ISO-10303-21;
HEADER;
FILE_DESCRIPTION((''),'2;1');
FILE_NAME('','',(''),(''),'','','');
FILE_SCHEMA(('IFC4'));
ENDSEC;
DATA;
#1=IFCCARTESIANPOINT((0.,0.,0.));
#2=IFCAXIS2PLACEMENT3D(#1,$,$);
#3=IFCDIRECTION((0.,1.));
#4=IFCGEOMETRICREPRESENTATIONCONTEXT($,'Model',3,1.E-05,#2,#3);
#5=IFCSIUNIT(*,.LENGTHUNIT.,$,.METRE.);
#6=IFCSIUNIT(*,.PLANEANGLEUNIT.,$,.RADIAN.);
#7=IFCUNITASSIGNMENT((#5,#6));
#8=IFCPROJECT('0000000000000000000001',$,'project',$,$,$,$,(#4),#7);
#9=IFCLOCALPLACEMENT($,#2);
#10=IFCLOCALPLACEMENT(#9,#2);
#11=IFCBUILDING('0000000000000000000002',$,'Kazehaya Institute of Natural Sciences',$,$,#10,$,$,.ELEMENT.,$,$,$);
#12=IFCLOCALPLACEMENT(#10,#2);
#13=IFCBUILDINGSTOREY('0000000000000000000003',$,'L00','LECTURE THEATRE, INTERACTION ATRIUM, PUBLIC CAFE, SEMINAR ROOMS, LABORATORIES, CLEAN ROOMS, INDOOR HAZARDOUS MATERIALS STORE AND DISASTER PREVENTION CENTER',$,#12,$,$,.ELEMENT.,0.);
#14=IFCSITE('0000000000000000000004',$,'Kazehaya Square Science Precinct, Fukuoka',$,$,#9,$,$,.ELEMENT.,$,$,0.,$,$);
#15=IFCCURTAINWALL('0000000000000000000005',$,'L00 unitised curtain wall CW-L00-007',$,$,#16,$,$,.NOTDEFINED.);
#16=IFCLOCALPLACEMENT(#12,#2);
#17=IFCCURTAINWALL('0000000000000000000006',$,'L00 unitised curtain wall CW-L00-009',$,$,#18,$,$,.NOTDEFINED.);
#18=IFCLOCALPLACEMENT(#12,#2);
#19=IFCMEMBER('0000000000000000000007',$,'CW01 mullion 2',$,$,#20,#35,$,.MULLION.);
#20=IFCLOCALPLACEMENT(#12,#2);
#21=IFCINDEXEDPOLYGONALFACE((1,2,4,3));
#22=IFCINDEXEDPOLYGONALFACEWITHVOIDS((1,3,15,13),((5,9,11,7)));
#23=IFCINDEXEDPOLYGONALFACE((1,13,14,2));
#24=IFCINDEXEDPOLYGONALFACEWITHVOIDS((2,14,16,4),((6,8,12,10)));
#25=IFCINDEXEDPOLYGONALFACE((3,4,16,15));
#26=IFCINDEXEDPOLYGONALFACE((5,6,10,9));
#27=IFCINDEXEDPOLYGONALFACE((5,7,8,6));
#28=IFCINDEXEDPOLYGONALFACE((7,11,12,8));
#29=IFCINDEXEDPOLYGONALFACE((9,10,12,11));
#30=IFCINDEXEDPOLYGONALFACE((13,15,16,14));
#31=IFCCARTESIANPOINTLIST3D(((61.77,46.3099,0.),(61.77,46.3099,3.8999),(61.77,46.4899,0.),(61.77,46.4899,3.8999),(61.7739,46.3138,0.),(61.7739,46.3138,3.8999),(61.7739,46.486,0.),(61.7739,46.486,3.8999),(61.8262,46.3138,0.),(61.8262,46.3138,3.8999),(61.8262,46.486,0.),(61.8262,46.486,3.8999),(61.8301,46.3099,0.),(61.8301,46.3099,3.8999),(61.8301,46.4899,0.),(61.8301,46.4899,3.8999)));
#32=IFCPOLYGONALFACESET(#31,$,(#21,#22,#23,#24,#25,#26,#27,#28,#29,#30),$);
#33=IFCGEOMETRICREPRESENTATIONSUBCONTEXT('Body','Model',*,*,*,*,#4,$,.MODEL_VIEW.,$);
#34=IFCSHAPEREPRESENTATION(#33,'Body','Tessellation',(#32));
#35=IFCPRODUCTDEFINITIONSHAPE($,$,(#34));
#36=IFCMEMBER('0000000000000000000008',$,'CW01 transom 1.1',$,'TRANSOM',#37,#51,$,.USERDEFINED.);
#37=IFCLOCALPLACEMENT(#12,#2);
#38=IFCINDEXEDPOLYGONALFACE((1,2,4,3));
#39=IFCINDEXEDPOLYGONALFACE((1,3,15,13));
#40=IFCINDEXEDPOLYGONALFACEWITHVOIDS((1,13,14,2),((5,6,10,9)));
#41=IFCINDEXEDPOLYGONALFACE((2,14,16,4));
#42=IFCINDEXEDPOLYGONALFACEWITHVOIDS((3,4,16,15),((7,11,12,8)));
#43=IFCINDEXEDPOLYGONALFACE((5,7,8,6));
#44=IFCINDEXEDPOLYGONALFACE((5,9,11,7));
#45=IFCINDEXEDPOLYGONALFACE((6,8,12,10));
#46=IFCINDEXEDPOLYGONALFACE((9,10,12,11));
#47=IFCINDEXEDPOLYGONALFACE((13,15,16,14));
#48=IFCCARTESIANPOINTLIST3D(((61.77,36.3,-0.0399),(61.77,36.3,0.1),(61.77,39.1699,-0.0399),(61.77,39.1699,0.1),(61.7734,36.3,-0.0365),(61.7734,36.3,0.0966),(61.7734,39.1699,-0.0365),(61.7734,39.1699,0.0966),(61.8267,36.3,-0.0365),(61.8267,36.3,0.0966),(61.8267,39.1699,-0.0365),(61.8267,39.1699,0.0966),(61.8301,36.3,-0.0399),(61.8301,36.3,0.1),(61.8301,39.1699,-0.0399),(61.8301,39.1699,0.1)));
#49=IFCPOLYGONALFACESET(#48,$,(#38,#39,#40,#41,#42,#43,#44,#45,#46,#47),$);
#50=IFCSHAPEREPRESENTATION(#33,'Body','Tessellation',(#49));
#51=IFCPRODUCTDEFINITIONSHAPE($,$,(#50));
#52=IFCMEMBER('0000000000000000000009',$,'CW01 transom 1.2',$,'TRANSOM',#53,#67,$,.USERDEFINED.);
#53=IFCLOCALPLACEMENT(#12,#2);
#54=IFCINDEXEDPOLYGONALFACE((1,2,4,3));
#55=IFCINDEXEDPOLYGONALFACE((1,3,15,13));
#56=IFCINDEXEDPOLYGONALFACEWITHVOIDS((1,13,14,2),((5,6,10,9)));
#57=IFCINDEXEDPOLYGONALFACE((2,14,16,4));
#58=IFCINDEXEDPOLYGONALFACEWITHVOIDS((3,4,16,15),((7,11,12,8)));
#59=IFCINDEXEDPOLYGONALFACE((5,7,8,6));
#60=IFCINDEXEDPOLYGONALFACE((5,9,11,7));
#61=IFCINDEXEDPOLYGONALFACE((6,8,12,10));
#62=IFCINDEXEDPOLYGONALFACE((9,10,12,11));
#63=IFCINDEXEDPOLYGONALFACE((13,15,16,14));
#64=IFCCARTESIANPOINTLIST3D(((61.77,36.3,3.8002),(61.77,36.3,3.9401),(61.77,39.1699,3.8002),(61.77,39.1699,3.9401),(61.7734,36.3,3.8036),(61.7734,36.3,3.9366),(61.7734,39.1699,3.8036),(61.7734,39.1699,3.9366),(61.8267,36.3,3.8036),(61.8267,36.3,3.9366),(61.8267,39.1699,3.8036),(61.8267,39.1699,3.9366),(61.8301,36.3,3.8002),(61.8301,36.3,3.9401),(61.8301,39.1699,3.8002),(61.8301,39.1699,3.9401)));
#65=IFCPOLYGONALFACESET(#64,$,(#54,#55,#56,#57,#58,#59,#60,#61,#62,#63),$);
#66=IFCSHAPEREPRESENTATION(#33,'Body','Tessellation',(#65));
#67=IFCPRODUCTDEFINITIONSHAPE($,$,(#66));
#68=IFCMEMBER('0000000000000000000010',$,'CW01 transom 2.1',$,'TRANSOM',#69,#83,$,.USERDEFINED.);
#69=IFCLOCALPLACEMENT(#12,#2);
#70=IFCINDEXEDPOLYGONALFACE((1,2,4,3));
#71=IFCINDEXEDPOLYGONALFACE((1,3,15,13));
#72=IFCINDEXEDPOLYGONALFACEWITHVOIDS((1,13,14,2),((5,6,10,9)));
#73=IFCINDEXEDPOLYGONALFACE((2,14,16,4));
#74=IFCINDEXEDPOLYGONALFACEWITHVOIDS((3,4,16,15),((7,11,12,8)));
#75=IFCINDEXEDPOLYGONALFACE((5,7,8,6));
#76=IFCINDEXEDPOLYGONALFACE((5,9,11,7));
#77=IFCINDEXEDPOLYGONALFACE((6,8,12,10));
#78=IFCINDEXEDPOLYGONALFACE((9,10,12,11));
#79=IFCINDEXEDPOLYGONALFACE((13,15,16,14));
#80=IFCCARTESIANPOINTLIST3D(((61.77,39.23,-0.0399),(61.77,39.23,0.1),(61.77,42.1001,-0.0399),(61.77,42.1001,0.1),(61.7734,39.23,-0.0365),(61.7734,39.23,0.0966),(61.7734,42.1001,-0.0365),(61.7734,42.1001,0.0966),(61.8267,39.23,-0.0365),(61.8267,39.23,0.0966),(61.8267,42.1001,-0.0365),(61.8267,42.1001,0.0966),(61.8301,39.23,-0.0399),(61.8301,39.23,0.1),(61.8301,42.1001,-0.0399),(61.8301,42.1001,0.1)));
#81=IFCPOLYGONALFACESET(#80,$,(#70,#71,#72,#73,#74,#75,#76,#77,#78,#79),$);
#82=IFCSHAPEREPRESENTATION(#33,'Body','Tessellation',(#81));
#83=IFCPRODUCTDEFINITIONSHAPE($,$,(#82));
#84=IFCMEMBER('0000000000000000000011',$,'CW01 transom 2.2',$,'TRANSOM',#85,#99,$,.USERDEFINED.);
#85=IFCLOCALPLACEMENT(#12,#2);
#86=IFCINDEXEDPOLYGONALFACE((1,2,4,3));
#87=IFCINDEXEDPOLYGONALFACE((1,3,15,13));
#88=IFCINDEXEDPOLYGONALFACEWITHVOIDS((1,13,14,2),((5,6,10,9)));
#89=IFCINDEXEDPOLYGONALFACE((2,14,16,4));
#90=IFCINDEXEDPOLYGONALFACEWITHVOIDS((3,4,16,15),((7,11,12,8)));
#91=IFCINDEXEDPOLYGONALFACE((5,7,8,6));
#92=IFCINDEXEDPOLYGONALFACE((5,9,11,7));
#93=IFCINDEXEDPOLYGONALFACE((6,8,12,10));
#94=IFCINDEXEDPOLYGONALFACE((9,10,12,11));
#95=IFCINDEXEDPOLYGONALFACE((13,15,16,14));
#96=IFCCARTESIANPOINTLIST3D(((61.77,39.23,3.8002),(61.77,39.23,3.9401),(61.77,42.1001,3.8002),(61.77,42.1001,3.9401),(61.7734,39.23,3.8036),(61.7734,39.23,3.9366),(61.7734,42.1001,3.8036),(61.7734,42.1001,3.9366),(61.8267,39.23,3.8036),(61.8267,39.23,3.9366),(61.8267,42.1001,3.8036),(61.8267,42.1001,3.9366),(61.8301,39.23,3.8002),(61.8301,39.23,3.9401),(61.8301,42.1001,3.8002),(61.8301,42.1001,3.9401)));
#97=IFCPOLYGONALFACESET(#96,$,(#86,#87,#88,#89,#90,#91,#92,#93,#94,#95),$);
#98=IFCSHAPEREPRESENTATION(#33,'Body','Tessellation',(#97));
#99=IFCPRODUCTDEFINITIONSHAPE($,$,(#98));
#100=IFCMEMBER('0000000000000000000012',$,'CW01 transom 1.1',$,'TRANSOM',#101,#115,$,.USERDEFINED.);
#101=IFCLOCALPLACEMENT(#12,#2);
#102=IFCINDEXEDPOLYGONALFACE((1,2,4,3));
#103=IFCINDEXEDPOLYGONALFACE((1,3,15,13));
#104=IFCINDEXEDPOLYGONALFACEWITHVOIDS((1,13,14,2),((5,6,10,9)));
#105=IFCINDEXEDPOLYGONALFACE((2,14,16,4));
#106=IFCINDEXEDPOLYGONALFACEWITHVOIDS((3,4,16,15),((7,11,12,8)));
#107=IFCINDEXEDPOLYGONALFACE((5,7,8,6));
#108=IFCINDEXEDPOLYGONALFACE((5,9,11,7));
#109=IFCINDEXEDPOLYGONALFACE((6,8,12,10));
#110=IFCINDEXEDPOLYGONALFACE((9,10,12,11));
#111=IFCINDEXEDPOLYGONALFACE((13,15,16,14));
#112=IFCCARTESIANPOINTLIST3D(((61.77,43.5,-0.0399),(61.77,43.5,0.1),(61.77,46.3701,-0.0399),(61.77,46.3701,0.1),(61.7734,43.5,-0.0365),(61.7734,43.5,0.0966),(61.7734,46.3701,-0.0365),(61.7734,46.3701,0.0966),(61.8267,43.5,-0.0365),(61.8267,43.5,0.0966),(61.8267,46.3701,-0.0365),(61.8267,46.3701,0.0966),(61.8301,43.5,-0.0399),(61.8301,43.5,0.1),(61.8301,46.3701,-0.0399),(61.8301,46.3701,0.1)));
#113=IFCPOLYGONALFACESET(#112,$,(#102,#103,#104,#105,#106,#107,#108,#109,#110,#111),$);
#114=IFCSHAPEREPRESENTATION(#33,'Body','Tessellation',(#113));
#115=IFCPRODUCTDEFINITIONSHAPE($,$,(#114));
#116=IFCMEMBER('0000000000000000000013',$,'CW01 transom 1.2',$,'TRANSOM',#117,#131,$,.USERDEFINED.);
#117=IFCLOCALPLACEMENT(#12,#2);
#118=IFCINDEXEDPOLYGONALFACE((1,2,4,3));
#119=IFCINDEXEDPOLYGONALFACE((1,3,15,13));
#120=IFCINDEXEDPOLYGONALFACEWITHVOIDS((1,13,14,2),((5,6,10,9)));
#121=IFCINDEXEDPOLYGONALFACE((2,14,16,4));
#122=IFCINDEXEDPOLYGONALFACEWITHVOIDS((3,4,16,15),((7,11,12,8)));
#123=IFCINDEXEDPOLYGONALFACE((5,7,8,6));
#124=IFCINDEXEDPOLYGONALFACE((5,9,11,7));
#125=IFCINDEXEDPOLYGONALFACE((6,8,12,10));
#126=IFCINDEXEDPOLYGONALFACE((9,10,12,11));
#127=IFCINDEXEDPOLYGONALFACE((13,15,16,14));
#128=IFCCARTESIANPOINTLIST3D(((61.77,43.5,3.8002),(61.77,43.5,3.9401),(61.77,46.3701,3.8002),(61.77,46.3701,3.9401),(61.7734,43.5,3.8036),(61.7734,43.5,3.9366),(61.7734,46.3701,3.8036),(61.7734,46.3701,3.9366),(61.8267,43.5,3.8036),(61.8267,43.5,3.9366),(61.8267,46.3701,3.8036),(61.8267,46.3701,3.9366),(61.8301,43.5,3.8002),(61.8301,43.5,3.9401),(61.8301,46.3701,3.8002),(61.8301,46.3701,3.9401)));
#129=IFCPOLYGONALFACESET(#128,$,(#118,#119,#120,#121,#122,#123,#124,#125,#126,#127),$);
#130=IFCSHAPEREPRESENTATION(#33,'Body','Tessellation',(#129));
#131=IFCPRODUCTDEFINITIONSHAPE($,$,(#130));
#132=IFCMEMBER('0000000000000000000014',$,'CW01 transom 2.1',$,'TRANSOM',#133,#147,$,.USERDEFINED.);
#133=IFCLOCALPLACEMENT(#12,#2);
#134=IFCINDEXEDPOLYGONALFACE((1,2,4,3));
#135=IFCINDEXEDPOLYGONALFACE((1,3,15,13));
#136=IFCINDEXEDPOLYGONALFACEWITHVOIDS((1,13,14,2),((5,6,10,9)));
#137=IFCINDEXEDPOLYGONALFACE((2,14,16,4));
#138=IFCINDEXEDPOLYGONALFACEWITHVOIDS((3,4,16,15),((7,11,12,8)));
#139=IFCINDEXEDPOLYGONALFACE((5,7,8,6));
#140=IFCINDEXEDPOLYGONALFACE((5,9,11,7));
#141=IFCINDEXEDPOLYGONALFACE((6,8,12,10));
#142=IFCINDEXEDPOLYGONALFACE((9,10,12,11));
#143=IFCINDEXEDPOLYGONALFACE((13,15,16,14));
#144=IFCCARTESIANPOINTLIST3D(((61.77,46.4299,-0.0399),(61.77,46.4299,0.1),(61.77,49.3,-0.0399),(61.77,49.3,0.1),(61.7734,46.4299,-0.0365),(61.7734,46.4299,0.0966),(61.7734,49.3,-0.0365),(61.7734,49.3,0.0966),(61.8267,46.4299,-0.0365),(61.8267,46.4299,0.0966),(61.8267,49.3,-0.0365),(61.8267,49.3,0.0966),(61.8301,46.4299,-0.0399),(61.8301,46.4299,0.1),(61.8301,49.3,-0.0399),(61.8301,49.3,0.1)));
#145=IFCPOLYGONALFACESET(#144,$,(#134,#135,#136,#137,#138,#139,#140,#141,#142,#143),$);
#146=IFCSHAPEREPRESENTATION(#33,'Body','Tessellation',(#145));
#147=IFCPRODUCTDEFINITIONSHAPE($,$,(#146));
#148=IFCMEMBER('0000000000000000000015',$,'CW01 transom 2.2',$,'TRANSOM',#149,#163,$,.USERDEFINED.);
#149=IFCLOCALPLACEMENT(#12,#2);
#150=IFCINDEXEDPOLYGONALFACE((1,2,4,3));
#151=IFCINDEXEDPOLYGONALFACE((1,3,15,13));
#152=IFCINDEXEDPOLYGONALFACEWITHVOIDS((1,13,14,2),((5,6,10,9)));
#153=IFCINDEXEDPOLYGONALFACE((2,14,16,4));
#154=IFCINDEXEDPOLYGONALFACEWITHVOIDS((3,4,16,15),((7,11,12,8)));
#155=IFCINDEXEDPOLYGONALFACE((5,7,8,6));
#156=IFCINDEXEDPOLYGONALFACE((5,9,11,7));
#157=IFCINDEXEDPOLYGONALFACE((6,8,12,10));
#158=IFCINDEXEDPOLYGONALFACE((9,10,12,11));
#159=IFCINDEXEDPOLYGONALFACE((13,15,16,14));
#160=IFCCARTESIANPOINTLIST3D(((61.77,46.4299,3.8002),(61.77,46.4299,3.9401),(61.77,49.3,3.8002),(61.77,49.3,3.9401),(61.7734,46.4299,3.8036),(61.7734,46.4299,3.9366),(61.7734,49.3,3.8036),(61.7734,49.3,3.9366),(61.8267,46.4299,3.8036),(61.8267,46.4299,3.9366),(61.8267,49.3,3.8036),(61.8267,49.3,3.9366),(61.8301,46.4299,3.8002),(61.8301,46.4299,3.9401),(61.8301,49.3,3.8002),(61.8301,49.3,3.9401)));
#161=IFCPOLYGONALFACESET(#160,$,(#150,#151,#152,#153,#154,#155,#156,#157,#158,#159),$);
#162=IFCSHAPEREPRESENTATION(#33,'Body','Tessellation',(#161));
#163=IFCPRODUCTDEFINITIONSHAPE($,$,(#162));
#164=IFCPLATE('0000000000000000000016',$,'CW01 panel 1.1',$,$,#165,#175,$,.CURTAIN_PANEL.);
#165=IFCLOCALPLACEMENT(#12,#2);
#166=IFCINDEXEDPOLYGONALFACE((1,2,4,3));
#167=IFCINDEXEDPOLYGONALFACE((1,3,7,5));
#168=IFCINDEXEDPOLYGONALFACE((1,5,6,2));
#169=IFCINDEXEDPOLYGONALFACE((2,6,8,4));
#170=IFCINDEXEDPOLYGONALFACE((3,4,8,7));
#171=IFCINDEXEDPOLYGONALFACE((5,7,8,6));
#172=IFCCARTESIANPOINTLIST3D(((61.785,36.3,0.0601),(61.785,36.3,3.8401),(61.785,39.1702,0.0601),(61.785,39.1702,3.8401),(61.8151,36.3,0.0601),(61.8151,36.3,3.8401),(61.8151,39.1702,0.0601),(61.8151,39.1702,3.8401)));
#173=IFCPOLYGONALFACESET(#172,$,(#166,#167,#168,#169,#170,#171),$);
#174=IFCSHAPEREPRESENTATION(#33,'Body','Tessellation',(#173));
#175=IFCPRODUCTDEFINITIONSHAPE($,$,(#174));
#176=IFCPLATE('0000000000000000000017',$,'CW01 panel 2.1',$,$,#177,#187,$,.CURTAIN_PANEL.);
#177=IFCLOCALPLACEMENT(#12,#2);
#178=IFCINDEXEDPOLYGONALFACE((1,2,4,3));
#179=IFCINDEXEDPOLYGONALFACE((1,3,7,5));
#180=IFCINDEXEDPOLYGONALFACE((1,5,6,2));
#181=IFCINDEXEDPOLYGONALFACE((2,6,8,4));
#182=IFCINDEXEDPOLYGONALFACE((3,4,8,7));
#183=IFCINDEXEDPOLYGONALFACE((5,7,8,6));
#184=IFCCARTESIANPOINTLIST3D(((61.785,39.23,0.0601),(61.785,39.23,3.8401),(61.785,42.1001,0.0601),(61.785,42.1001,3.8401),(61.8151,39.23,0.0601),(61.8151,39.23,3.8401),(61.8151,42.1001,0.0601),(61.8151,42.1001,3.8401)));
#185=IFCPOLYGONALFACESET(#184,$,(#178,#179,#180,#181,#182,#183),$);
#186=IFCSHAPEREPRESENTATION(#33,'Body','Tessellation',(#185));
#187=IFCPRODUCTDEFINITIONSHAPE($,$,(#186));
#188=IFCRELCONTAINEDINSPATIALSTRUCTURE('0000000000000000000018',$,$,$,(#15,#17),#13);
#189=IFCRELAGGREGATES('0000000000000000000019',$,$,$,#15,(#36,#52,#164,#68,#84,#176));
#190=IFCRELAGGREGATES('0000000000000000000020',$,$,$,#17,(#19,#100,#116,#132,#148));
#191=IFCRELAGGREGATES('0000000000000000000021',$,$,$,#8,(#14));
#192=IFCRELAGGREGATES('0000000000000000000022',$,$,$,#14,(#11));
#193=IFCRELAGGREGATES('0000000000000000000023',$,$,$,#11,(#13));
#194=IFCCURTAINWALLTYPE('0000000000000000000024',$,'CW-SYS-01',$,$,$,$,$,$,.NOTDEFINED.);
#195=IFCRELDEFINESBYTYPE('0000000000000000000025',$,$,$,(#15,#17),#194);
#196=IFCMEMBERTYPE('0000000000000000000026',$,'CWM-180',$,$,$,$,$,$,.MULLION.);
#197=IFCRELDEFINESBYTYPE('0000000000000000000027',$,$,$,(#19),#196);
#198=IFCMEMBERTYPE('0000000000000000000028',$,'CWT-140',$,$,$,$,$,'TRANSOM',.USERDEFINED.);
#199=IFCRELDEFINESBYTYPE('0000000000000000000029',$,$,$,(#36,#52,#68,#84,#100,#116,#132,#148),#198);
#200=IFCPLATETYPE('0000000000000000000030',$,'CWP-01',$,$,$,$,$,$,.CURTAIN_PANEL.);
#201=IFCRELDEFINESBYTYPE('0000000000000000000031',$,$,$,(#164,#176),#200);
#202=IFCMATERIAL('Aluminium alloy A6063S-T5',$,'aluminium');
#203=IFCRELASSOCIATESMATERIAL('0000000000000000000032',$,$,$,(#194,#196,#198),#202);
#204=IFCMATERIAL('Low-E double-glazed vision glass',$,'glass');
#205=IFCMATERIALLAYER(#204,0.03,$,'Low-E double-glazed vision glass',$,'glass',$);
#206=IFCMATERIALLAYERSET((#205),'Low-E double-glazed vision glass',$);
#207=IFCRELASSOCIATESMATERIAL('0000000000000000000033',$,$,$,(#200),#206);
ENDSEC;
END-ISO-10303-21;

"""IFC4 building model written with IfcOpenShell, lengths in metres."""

from ifc_helpers import new_model, si_unit, direction, frame, origin, origin_2d, place, context, subcontext, project, spatial, rectangle, hollow_rectangle, extrude, material, layer, layer_set, material_profile, profile_set, type_object, element, aggregate, save


model = new_model("IFC4")

# Units and contexts
model_context = context("Model", 3, precision=1e-05, world=origin(), true_north=direction((0.0, 1.0)))
body_context = subcontext(model_context, "Body", "Model", "MODEL_VIEW")
ifc_project = project(units=[si_unit("LENGTHUNIT", "METRE"), si_unit("PLANEANGLEUNIT", "RADIAN")], contexts=[model_context])

# Site, building, storey
site_placement = place(None, origin())
site = spatial("IfcSite", under=ifc_project, at=site_placement, Name="Kazehaya Square Science Precinct, Fukuoka", CompositionType="ELEMENT", RefElevation=0.0)
building_placement = place(site_placement, origin())
building = spatial("IfcBuilding", under=site, at=building_placement, Name="Kazehaya Institute of Natural Sciences", CompositionType="ELEMENT")
storey_placement = place(building_placement, origin())
storey = spatial("IfcBuildingStorey", under=building, at=storey_placement, Name="L00", Description="LECTURE THEATRE, INTERACTION ATRIUM, PUBLIC CAFE, SEMINAR ROOMS, LABORATORIES, CLEAN ROOMS, INDOOR HAZARDOUS MATERIALS STORE AND DISASTER PREVENTION CENTER", CompositionType="ELEMENT", Elevation=0.0)

# Curtain walls, member
ifc_material_1 = material(Name="Aluminium alloy A6063S-T5", Category="aluminium")
curtain_wall_type = type_object("IfcCurtainWallType", Name="CW-SYS-01", PredefinedType="NOTDEFINED", material=ifc_material_1)
curtain_wall_1_placement = place(storey_placement, origin())
curtain_wall_1 = element("IfcCurtainWall", 1, at=curtain_wall_1_placement, inside=storey, type_object=curtain_wall_type, Name="L00 unitised curtain wall CW-L00-007", PredefinedType="NOTDEFINED")
ifc_material_profile_1 = material_profile(ifc_material_1, hollow_rectangle(XDim=0.0601, YDim=0.1799, WallThickness=0.0039, at=origin_2d()), Name="ALU-60x180x4")
ifc_profile_set_1 = profile_set([ifc_material_profile_1], Name="Aluminium alloy A6063S-T5")
member_type_1 = type_object("IfcMemberType", Name="CWM-180", PredefinedType="MULLION", material=ifc_profile_set_1)
curtain_wall_2_placement = place(storey_placement, origin())
curtain_wall_2 = element("IfcCurtainWall", 2, at=curtain_wall_2_placement, inside=storey, type_object=curtain_wall_type, Name="L00 unitised curtain wall CW-L00-009", PredefinedType="NOTDEFINED")
member_1_placement = place(storey_placement, frame((61.8, 46.3999, 0.0), z_axis=(0.0, 0.0, 1.0), x_axis=(-1.0, 0.0, 0.0)))
member_1 = element("IfcMember", 3, at=member_1_placement, type_object=member_type_1, Name="CW01 mullion 2", PredefinedType="MULLION", context=body_context, shape_type="SweptSolid", body=[
    extrude(hollow_rectangle(XDim=0.0601, YDim=0.1799, WallThickness=0.0039, at=origin_2d()), origin(), (0.0, 0.0, 1.0), 3.8999),
])

# Members
ifc_material_profile_2 = material_profile(ifc_material_1, hollow_rectangle(XDim=0.0601, YDim=0.1399, WallThickness=0.0034, at=origin_2d()), Name="ALU-60x140x3.5")
ifc_profile_set_2 = profile_set([ifc_material_profile_2], Name="Aluminium alloy A6063S-T5")
member_type_2 = type_object("IfcMemberType", Name="CWT-140", ElementType="TRANSOM", PredefinedType="USERDEFINED", material=ifc_profile_set_2)
member_2_placement = place(storey_placement, frame((61.8, 36.3, 0.03), z_axis=(0.0, 1.0, 0.0), x_axis=(-1.0, 0.0, 0.0)))
member_2 = element("IfcMember", 4, at=member_2_placement, type_object=member_type_2, Name="CW01 transom 1.1", ObjectType="TRANSOM", PredefinedType="USERDEFINED", context=body_context, shape_type="SweptSolid", body=[
    extrude(hollow_rectangle(XDim=0.0601, YDim=0.1399, WallThickness=0.0034, at=origin_2d()), origin(), (0.0, 0.0, 1.0), 2.8699),
])
member_3_placement = place(storey_placement, frame((61.8, 36.3, 3.8701), z_axis=(0.0, 1.0, 0.0), x_axis=(-1.0, 0.0, 0.0)))
member_3 = element("IfcMember", 5, at=member_3_placement, type_object=member_type_2, Name="CW01 transom 1.2", ObjectType="TRANSOM", PredefinedType="USERDEFINED", context=body_context, shape_type="SweptSolid", body=[
    extrude(hollow_rectangle(XDim=0.0601, YDim=0.1399, WallThickness=0.0034, at=origin_2d()), origin(), (0.0, 0.0, 1.0), 2.8699),
])
member_4_placement = place(storey_placement, frame((61.8, 39.23, 0.03), z_axis=(0.0, 1.0, 0.0), x_axis=(-1.0, 0.0, 0.0)))
member_4 = element("IfcMember", 6, at=member_4_placement, type_object=member_type_2, Name="CW01 transom 2.1", ObjectType="TRANSOM", PredefinedType="USERDEFINED", context=body_context, shape_type="SweptSolid", body=[
    extrude(hollow_rectangle(XDim=0.0601, YDim=0.1399, WallThickness=0.0034, at=origin_2d()), origin(), (0.0, 0.0, 1.0), 2.8701),
])
member_5_placement = place(storey_placement, frame((61.8, 39.23, 3.8701), z_axis=(0.0, 1.0, 0.0), x_axis=(-1.0, 0.0, 0.0)))
member_5 = element("IfcMember", 7, at=member_5_placement, type_object=member_type_2, Name="CW01 transom 2.2", ObjectType="TRANSOM", PredefinedType="USERDEFINED", context=body_context, shape_type="SweptSolid", body=[
    extrude(hollow_rectangle(XDim=0.0601, YDim=0.1399, WallThickness=0.0034, at=origin_2d()), origin(), (0.0, 0.0, 1.0), 2.8701),
])
member_6_placement = place(storey_placement, frame((61.8, 43.5, 0.03), z_axis=(0.0, 1.0, 0.0), x_axis=(-1.0, 0.0, 0.0)))
member_6 = element("IfcMember", 8, at=member_6_placement, type_object=member_type_2, Name="CW01 transom 1.1", ObjectType="TRANSOM", PredefinedType="USERDEFINED", context=body_context, shape_type="SweptSolid", body=[
    extrude(hollow_rectangle(XDim=0.0601, YDim=0.1399, WallThickness=0.0034, at=origin_2d()), origin(), (0.0, 0.0, 1.0), 2.8701),
])
member_7_placement = place(storey_placement, frame((61.8, 43.5, 3.8701), z_axis=(0.0, 1.0, 0.0), x_axis=(-1.0, 0.0, 0.0)))
member_7 = element("IfcMember", 9, at=member_7_placement, type_object=member_type_2, Name="CW01 transom 1.2", ObjectType="TRANSOM", PredefinedType="USERDEFINED", context=body_context, shape_type="SweptSolid", body=[
    extrude(hollow_rectangle(XDim=0.0601, YDim=0.1399, WallThickness=0.0034, at=origin_2d()), origin(), (0.0, 0.0, 1.0), 2.8701),
])
member_8_placement = place(storey_placement, frame((61.8, 46.4299, 0.03), z_axis=(0.0, 1.0, 0.0), x_axis=(-1.0, 0.0, 0.0)))
member_8 = element("IfcMember", 10, at=member_8_placement, type_object=member_type_2, Name="CW01 transom 2.1", ObjectType="TRANSOM", PredefinedType="USERDEFINED", context=body_context, shape_type="SweptSolid", body=[
    extrude(hollow_rectangle(XDim=0.0601, YDim=0.1399, WallThickness=0.0034, at=origin_2d()), origin(), (0.0, 0.0, 1.0), 2.8701),
])
member_9_placement = place(storey_placement, frame((61.8, 46.4299, 3.8701), z_axis=(0.0, 1.0, 0.0), x_axis=(-1.0, 0.0, 0.0)))
member_9 = element("IfcMember", 11, at=member_9_placement, type_object=member_type_2, Name="CW01 transom 2.2", ObjectType="TRANSOM", PredefinedType="USERDEFINED", context=body_context, shape_type="SweptSolid", body=[
    extrude(hollow_rectangle(XDim=0.0601, YDim=0.1399, WallThickness=0.0034, at=origin_2d()), origin(), (0.0, 0.0, 1.0), 2.8701),
])

# Plates
ifc_material_2 = material(Name="Low-E double-glazed vision glass", Category="glass")
ifc_layer_1 = layer(ifc_material_2, 0.03, Name="Low-E double-glazed vision glass", Category="glass")
ifc_layer_set_1 = layer_set([ifc_layer_1], Name="Low-E double-glazed vision glass")
plate_type_1 = type_object("IfcPlateType", Name="CWP-01", PredefinedType="CURTAIN_PANEL", material=ifc_layer_set_1)
plate_1_placement = place(storey_placement, frame((61.8, 37.7351, 0.0601), z_axis=(0.0, 0.0, 1.0), x_axis=(0.0, 1.0, 0.0)))
plate_1 = element("IfcPlate", 12, at=plate_1_placement, type_object=plate_type_1, Name="CW01 panel 1.1", PredefinedType="CURTAIN_PANEL", context=body_context, shape_type="SweptSolid", body=[
    extrude(rectangle(XDim=2.8701, YDim=0.03, at=origin_2d()), origin(), (0.0, 0.0, 1.0), 3.78),
])
plate_2_placement = place(storey_placement, frame((61.8, 40.665, 0.0601), z_axis=(0.0, 0.0, 1.0), x_axis=(0.0, 1.0, 0.0)))
plate_2 = element("IfcPlate", 13, at=plate_2_placement, type_object=plate_type_1, Name="CW01 panel 2.1", PredefinedType="CURTAIN_PANEL", context=body_context, shape_type="SweptSolid", body=[
    extrude(rectangle(XDim=2.8701, YDim=0.03, at=origin_2d()), origin(), (0.0, 0.0, 1.0), 3.78),
])
aggregate(curtain_wall_1, [member_2, member_3, plate_1, member_4, member_5, plate_2])
aggregate(curtain_wall_2, [member_1, member_6, member_7, member_8, member_9])

save(model, "model.ifc")
